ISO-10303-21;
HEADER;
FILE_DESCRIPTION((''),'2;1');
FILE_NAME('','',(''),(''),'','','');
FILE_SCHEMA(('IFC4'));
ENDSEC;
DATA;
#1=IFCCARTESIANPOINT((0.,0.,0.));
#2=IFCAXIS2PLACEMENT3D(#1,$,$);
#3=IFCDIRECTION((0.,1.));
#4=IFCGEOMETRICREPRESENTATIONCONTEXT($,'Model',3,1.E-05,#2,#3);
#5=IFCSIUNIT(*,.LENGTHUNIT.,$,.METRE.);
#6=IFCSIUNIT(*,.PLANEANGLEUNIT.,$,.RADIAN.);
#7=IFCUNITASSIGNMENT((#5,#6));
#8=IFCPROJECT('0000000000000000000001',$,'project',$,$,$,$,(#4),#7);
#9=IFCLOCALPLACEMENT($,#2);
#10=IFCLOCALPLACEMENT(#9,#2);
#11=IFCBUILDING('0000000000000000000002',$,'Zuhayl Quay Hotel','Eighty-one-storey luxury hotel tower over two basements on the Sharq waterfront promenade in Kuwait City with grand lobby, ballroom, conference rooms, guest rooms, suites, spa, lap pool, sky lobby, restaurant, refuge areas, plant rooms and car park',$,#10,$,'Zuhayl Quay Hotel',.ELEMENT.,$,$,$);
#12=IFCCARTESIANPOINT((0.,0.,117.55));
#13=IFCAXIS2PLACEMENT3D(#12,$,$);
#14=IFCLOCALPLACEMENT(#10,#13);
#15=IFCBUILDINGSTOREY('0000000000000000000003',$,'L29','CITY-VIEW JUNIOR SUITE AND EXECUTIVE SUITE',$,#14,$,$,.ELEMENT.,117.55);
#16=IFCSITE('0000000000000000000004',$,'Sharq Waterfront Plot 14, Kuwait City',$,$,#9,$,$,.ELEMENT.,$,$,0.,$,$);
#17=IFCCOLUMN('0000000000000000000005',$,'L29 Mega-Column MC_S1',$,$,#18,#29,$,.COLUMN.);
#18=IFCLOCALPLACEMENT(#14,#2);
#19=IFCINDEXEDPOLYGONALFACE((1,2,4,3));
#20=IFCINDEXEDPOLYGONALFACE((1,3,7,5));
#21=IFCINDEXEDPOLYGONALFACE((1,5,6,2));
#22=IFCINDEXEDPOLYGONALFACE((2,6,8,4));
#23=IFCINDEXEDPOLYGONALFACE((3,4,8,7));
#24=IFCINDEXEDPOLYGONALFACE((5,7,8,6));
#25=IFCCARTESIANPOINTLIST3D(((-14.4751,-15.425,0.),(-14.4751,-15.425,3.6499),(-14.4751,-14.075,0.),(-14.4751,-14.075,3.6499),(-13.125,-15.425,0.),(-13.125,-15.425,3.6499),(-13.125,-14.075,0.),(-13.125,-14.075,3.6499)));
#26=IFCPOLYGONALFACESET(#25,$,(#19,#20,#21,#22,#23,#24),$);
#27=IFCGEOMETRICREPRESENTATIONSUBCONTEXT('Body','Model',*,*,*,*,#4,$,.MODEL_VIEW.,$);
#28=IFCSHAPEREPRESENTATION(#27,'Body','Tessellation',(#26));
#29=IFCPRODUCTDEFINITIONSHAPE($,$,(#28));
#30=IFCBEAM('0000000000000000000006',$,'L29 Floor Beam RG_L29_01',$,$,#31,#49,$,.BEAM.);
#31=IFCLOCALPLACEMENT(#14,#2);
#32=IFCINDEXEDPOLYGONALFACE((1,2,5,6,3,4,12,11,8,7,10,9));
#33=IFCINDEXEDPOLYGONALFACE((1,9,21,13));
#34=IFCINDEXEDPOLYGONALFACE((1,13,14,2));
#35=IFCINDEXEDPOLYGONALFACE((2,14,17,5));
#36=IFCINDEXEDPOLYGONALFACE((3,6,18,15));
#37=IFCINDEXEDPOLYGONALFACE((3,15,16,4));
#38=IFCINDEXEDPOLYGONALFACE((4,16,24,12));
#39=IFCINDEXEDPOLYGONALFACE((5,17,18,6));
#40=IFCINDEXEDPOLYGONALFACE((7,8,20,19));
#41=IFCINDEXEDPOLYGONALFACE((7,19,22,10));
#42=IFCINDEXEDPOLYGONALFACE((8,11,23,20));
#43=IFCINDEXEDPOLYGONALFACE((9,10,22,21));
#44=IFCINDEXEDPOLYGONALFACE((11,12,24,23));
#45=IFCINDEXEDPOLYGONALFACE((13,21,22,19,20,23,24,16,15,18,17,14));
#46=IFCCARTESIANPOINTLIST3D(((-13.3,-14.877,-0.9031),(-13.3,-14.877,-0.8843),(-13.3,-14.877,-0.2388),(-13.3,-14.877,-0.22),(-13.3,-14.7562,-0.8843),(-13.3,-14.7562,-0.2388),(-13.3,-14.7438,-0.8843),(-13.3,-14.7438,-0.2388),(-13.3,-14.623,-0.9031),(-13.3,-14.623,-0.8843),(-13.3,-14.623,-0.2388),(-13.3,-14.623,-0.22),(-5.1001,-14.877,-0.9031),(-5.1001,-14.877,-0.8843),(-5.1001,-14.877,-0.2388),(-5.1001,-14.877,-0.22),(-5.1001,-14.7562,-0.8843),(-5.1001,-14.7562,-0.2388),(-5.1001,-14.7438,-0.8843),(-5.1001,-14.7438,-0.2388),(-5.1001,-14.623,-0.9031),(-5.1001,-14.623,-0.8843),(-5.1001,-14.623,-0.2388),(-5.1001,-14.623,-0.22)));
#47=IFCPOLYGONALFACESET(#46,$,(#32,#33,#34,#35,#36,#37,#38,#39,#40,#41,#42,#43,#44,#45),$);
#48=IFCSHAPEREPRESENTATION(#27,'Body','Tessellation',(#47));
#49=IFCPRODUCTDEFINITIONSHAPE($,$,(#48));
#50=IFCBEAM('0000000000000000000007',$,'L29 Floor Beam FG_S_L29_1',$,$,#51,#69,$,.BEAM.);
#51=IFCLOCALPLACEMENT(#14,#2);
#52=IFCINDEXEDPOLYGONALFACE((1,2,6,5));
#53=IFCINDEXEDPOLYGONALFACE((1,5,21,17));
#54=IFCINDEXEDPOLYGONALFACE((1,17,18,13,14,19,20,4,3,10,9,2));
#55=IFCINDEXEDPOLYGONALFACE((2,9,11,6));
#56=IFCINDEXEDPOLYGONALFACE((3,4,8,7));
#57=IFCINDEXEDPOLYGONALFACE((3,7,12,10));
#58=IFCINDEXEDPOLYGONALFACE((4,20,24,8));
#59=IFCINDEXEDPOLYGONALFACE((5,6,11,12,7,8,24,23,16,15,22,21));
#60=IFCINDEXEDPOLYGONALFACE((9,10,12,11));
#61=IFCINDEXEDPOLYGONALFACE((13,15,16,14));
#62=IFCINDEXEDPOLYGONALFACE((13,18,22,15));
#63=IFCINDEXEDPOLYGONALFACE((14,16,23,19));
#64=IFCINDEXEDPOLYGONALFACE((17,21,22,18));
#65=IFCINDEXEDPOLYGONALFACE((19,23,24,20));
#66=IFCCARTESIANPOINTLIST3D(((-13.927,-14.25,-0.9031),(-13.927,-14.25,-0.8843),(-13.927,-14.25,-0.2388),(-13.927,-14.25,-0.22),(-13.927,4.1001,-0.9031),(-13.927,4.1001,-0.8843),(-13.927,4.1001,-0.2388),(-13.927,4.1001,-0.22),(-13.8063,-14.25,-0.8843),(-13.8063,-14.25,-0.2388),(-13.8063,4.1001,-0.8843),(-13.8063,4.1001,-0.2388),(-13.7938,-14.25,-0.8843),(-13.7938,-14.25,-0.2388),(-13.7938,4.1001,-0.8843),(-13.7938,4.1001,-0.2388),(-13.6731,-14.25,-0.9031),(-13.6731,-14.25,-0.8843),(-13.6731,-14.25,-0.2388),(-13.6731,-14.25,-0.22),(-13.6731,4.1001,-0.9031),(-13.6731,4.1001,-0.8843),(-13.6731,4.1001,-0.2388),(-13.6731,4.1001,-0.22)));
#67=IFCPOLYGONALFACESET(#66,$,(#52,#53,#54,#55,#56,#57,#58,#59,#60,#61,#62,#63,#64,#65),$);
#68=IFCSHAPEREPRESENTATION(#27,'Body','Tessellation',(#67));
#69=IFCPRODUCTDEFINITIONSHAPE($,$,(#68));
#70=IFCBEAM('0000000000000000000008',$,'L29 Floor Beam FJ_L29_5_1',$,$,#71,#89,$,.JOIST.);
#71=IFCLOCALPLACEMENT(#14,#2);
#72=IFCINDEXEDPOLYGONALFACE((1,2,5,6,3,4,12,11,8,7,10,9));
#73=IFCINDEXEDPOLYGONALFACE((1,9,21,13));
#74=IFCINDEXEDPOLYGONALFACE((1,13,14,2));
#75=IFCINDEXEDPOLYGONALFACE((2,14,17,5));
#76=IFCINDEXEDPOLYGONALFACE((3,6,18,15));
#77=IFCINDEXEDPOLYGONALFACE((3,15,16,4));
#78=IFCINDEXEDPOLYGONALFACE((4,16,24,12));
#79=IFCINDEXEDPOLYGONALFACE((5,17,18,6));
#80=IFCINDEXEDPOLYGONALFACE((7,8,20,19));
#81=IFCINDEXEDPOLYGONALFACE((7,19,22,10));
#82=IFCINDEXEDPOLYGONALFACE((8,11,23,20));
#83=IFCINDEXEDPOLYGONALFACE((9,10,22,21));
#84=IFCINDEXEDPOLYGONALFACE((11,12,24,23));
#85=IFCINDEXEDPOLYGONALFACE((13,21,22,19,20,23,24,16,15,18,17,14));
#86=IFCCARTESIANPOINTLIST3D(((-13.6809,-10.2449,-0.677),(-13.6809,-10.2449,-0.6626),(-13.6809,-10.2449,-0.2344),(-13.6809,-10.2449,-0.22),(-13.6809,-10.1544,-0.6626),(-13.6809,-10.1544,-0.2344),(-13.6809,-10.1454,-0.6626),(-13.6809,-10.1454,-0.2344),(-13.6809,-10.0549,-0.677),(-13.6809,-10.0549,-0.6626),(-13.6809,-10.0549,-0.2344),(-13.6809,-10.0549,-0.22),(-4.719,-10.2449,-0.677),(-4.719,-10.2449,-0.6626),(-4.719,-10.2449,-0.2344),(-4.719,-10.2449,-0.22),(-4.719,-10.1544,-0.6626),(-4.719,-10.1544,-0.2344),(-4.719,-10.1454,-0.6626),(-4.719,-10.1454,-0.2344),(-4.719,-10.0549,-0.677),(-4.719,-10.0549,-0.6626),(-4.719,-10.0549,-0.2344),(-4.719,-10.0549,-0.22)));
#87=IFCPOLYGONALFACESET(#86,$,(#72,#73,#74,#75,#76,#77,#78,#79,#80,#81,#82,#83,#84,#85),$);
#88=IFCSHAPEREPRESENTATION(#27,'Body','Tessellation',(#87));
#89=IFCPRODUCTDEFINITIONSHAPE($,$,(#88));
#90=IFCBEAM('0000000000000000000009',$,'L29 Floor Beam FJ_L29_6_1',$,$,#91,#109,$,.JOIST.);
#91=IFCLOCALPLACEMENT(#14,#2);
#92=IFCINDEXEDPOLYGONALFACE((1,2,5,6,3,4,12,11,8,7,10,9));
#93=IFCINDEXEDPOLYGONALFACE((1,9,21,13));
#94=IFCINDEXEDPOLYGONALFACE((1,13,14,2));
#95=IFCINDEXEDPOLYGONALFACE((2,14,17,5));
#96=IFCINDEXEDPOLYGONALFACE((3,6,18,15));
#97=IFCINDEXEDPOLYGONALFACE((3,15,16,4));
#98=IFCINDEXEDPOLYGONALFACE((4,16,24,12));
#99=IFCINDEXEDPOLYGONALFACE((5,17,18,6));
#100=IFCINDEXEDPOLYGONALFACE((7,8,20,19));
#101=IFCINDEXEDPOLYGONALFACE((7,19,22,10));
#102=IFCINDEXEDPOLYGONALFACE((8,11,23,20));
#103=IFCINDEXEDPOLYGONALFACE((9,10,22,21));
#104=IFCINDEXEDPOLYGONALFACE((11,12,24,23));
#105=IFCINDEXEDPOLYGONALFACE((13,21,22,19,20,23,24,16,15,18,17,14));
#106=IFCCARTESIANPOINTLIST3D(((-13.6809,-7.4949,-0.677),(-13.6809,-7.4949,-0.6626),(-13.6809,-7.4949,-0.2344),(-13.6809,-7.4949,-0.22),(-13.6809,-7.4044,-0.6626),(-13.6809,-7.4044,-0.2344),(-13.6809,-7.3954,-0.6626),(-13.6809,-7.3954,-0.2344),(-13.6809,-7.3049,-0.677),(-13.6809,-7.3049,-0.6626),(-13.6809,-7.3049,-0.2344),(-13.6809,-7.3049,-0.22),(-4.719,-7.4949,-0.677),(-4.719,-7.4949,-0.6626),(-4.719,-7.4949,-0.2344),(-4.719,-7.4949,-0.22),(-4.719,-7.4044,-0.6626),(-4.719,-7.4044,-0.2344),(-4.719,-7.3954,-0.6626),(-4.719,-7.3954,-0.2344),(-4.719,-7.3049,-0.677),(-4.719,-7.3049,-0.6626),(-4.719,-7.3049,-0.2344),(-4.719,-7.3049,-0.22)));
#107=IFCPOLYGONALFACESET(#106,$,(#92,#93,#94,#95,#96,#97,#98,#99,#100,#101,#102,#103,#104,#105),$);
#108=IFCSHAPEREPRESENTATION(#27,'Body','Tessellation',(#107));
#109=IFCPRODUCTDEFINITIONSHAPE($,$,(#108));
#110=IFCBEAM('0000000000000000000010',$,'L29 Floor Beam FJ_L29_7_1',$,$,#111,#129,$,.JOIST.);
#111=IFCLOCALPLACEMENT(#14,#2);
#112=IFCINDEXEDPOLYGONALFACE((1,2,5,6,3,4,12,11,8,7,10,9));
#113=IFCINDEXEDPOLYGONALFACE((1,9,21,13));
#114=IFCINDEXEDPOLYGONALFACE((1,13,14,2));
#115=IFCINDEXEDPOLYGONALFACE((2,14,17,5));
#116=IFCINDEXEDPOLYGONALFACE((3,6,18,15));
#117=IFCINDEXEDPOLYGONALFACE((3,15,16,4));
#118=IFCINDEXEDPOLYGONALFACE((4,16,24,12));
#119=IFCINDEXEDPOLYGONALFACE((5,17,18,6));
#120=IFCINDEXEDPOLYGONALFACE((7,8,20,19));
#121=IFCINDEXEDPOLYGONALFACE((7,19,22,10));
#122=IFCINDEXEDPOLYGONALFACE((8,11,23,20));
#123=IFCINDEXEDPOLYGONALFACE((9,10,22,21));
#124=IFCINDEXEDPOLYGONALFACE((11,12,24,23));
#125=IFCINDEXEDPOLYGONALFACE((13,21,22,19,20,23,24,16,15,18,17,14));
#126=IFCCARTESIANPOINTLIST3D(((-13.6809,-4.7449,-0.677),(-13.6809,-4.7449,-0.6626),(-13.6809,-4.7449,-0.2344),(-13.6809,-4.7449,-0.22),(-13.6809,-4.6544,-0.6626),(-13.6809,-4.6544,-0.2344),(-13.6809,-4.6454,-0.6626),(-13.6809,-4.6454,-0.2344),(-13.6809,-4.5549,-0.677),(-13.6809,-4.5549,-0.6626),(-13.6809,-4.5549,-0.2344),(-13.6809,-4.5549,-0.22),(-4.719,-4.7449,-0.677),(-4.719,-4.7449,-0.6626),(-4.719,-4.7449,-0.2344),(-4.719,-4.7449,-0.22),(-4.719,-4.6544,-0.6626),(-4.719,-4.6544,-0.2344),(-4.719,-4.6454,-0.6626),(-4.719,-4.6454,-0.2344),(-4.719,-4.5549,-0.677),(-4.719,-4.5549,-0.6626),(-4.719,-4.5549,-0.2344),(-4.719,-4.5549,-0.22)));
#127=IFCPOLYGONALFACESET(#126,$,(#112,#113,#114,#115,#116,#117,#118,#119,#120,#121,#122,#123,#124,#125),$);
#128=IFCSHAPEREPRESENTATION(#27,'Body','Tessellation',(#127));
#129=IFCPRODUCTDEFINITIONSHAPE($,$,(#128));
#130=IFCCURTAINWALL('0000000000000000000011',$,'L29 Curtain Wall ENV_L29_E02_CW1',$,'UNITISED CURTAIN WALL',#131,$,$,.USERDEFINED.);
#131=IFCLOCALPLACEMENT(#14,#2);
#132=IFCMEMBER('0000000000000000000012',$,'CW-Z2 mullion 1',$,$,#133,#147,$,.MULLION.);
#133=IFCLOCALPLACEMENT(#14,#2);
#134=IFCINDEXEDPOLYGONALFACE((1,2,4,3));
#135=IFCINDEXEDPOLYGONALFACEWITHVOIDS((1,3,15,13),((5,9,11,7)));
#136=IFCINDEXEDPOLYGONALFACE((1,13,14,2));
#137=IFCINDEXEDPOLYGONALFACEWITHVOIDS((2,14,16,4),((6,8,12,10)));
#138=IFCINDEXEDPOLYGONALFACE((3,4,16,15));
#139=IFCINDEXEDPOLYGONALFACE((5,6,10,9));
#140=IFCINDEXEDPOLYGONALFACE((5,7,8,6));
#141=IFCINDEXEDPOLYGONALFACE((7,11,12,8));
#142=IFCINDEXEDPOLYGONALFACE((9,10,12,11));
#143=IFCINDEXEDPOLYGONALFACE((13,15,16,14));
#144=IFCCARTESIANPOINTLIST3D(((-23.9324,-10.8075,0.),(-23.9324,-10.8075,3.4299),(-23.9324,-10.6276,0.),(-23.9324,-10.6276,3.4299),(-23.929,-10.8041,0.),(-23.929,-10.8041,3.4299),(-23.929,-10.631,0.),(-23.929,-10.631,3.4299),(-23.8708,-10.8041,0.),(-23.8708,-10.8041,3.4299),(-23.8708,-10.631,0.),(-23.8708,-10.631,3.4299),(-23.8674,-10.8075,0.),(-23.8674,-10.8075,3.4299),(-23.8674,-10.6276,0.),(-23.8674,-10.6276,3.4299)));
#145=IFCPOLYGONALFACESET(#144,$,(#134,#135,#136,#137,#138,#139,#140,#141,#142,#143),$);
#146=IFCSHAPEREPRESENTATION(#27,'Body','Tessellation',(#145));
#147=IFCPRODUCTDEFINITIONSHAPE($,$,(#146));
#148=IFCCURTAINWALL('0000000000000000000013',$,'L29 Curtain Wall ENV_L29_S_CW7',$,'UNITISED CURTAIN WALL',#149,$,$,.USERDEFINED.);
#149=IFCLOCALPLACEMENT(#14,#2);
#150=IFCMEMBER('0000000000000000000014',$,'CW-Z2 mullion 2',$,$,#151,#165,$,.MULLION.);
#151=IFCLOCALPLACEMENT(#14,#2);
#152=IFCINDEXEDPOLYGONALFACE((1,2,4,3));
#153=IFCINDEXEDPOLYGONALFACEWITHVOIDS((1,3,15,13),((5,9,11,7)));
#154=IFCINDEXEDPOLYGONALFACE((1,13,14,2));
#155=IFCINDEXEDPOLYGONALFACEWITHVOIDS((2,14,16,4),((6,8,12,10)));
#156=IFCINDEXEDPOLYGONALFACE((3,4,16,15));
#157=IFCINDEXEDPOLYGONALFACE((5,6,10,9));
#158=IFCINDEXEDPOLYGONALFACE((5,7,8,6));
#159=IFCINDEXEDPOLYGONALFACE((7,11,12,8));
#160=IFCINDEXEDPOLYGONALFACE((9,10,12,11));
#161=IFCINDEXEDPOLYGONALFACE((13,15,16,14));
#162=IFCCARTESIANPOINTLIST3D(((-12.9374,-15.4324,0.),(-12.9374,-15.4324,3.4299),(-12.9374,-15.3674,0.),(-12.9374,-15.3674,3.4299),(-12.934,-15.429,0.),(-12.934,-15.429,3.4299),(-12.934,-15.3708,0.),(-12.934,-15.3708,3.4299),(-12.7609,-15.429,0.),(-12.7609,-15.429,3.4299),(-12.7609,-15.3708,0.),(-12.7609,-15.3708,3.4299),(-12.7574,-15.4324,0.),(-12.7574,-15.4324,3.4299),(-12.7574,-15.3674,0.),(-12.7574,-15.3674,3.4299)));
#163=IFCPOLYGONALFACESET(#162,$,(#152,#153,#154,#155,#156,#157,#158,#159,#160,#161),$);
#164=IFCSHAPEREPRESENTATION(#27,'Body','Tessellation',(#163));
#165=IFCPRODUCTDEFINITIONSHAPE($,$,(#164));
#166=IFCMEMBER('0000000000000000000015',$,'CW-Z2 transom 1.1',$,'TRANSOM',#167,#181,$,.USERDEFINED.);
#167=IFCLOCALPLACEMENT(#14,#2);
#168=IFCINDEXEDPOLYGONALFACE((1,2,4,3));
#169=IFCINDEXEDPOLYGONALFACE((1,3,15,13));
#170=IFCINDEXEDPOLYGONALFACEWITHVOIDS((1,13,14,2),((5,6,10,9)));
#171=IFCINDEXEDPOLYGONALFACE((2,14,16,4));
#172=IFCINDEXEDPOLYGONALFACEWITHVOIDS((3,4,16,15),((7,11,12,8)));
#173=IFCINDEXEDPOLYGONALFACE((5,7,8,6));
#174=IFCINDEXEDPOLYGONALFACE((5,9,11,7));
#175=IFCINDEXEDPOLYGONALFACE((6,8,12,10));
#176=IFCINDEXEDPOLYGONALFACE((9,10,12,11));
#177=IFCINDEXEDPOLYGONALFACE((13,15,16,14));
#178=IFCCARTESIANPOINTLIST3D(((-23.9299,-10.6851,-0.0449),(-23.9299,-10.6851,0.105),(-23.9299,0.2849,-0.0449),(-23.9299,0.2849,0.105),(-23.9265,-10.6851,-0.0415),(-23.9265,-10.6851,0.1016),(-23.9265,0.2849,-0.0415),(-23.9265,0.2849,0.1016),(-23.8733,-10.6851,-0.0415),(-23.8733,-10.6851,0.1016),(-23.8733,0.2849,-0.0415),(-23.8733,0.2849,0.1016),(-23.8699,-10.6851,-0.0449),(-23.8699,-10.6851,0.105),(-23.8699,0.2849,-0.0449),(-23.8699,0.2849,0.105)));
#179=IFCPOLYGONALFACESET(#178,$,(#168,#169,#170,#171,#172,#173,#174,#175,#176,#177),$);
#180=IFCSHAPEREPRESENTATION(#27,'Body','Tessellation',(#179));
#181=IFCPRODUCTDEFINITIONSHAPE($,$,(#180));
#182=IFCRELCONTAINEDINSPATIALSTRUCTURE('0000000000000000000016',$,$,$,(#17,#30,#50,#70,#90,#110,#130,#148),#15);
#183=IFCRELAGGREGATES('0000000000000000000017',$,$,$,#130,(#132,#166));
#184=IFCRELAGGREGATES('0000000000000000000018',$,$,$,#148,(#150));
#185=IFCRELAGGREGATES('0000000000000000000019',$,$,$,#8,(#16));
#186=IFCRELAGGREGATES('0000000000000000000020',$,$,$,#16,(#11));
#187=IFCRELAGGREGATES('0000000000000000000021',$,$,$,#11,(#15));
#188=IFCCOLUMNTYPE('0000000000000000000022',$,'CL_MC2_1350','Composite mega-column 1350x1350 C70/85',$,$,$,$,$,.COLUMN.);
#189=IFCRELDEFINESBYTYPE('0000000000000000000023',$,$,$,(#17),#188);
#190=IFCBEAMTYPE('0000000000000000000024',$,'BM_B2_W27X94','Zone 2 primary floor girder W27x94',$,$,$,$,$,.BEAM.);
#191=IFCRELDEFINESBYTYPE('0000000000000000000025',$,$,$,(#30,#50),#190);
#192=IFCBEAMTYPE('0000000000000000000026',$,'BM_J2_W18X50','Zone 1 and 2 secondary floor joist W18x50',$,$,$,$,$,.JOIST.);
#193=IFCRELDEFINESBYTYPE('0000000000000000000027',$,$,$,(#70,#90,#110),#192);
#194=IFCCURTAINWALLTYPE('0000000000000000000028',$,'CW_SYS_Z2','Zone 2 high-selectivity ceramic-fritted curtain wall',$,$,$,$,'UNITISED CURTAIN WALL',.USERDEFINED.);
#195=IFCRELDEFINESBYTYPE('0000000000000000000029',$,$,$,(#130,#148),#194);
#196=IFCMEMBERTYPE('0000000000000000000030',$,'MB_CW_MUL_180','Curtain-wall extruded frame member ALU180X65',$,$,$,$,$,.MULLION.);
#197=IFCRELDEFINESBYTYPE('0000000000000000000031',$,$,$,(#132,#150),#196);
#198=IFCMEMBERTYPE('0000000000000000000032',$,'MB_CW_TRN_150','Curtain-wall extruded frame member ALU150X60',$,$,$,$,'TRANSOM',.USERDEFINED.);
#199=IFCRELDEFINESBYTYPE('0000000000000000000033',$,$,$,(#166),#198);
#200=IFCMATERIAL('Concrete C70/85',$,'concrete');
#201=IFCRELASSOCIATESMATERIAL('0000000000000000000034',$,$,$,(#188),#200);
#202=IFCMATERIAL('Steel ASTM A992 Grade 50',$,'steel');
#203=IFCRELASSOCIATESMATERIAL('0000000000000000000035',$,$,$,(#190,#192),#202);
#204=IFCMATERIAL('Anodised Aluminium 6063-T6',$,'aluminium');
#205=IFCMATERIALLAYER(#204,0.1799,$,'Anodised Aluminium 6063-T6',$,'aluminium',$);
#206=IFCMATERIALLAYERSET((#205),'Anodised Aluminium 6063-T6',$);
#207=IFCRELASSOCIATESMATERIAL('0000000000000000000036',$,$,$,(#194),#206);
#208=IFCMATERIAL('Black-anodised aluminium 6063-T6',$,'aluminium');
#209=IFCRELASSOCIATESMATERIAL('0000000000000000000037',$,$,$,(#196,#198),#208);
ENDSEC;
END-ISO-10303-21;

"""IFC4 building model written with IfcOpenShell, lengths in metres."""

from ifc_helpers import new_model, si_unit, direction, frame, origin, origin_2d, place, context, subcontext, project, spatial, rectangle, hollow_rectangle, i_section, extrude, material, layer, layer_set, material_profile, profile_set, type_object, element, aggregate, save


model = new_model("IFC4")

# Units and contexts
model_context = context("Model", 3, precision=1e-05, world=origin(), true_north=direction((0.0, 1.0)))
body_context = subcontext(model_context, "Body", "Model", "MODEL_VIEW")
ifc_project = project(units=[si_unit("LENGTHUNIT", "METRE"), si_unit("PLANEANGLEUNIT", "RADIAN")], contexts=[model_context])

# Site, building, storey
site_placement = place(None, origin())
site = spatial("IfcSite", under=ifc_project, at=site_placement, Name="Sharq Waterfront Plot 14, Kuwait City", CompositionType="ELEMENT", RefElevation=0.0)
building_placement = place(site_placement, origin())
building = spatial("IfcBuilding", under=site, at=building_placement, Name="Zuhayl Quay Hotel", Description="Eighty-one-storey luxury hotel tower over two basements on the Sharq waterfront promenade in Kuwait City with grand lobby, ballroom, conference rooms, guest rooms, suites, spa, lap pool, sky lobby, restaurant, refuge areas, plant rooms and car park", LongName="Zuhayl Quay Hotel", CompositionType="ELEMENT")
storey_placement = place(building_placement, frame((0.0, 0.0, 117.55)))
storey = spatial("IfcBuildingStorey", under=building, at=storey_placement, Name="L29", Description="CITY-VIEW JUNIOR SUITE AND EXECUTIVE SUITE", CompositionType="ELEMENT", Elevation=117.55)

# Column
ifc_material_1 = material(Name="Concrete C70/85", Category="concrete")
ifc_material_profile_1 = material_profile(ifc_material_1, rectangle(XDim=1.3501, YDim=1.3501, at=origin_2d()), Name="RC1350X1350")
ifc_profile_set_1 = profile_set([ifc_material_profile_1], Name="Concrete C70/85")
column_type = type_object("IfcColumnType", Name="CL_MC2_1350", Description="Composite mega-column 1350x1350 C70/85", PredefinedType="COLUMN", material=ifc_profile_set_1)
column_placement = place(storey_placement, frame((-13.8, -14.75, 0.0), z_axis=(0.0, 0.0, 1.0), x_axis=(1.0, 0.0, 0.0)))
element("IfcColumn", 1, at=column_placement, inside=storey, type_object=column_type, Name="L29 Mega-Column MC_S1", PredefinedType="COLUMN", context=body_context, shape_type="SweptSolid", body=[
    extrude(rectangle(XDim=1.3501, YDim=1.3501, at=origin_2d()), origin(), (0.0, 0.0, 1.0), 3.6499),
])

# Beams
ifc_material_2 = material(Name="Steel ASTM A992 Grade 50", Category="steel")
ifc_material_profile_2 = material_profile(ifc_material_2, i_section(OverallWidth=0.2539, OverallDepth=0.6831, WebThickness=0.0125, FlangeThickness=0.0188, at=origin_2d()), Name="W27X94")
ifc_profile_set_2 = profile_set([ifc_material_profile_2], Name="Steel ASTM A992 Grade 50")
beam_type_1 = type_object("IfcBeamType", Name="BM_B2_W27X94", Description="Zone 2 primary floor girder W27x94", PredefinedType="BEAM", material=ifc_profile_set_2)
beam_1_placement = place(storey_placement, frame((-13.3, -14.75, -0.5615), z_axis=(1.0, 0.0, 0.0), x_axis=(0.0, 1.0, 0.0)))
element("IfcBeam", 2, at=beam_1_placement, inside=storey, type_object=beam_type_1, Name="L29 Floor Beam RG_L29_01", PredefinedType="BEAM", context=body_context, shape_type="SweptSolid", body=[
    extrude(i_section(OverallWidth=0.2539, OverallDepth=0.6831, WebThickness=0.0125, FlangeThickness=0.0188, at=origin_2d()), origin(), (0.0, 0.0, 1.0), 8.2),
])
beam_2_placement = place(storey_placement, frame((-13.8, -14.25, -0.5615), z_axis=(0.0, 1.0, 0.0), x_axis=(-1.0, 0.0, 0.0)))
element("IfcBeam", 3, at=beam_2_placement, inside=storey, type_object=beam_type_1, Name="L29 Floor Beam FG_S_L29_1", PredefinedType="BEAM", context=body_context, shape_type="SweptSolid", body=[
    extrude(i_section(OverallWidth=0.2539, OverallDepth=0.6831, WebThickness=0.0125, FlangeThickness=0.0188, at=origin_2d()), origin(), (0.0, 0.0, 1.0), 18.3501),
])
ifc_material_profile_3 = material_profile(ifc_material_2, i_section(OverallWidth=0.1899, OverallDepth=0.457, WebThickness=0.009, FlangeThickness=0.0144, at=origin_2d()), Name="W18X50")
ifc_profile_set_3 = profile_set([ifc_material_profile_3], Name="Steel ASTM A992 Grade 50")
beam_type_2 = type_object("IfcBeamType", Name="BM_J2_W18X50", Description="Zone 1 and 2 secondary floor joist W18x50", PredefinedType="JOIST", material=ifc_profile_set_3)
for number, where, z_axis, x_axis, name in (
    (4, (-13.6809, -10.1499, -0.4485), (1.0, 0.0, 0.0), (0.0, 1.0, 0.0), "L29 Floor Beam FJ_L29_5_1"),
    (5, (-13.6809, -7.3999, -0.4485), (1.0, 0.0, 0.0), (0.0, 1.0, 0.0), "L29 Floor Beam FJ_L29_6_1"),
    (6, (-13.6809, -4.6499, -0.4485), (1.0, 0.0, 0.0), (0.0, 1.0, 0.0), "L29 Floor Beam FJ_L29_7_1"),
):
    element("IfcBeam", number, at=place(storey_placement, frame(where, z_axis=z_axis, x_axis=x_axis)), inside=storey, type_object=beam_type_2, Name=name, PredefinedType="JOIST", context=body_context, shape_type="SweptSolid", body=[
        extrude(i_section(OverallWidth=0.1899, OverallDepth=0.457, WebThickness=0.009, FlangeThickness=0.0144, at=origin_2d()), origin(), (0.0, 0.0, 1.0), 8.9619),
    ])

# Curtain walls, members
ifc_material_3 = material(Name="Anodised Aluminium 6063-T6", Category="aluminium")
ifc_layer_1 = layer(ifc_material_3, 0.1799, Name="Anodised Aluminium 6063-T6", Category="aluminium")
ifc_layer_set_1 = layer_set([ifc_layer_1], Name="Anodised Aluminium 6063-T6")
curtain_wall_type = type_object("IfcCurtainWallType", Name="CW_SYS_Z2", Description="Zone 2 high-selectivity ceramic-fritted curtain wall", ElementType="UNITISED CURTAIN WALL", PredefinedType="USERDEFINED", material=ifc_layer_set_1)
curtain_wall_1_placement = place(storey_placement, origin())
curtain_wall_1 = element("IfcCurtainWall", 7, at=curtain_wall_1_placement, inside=storey, type_object=curtain_wall_type, Name="L29 Curtain Wall ENV_L29_E02_CW1", ObjectType="UNITISED CURTAIN WALL", PredefinedType="USERDEFINED")
ifc_material_4 = material(Name="Black-anodised aluminium 6063-T6", Category="aluminium")
ifc_material_profile_4 = material_profile(ifc_material_4, hollow_rectangle(XDim=0.0649, YDim=0.1799, WallThickness=0.0034, at=origin_2d()), Name="ALU180X65")
ifc_profile_set_4 = profile_set([ifc_material_profile_4], Name="Black-anodised aluminium 6063-T6")
member_type_1 = type_object("IfcMemberType", Name="MB_CW_MUL_180", Description="Curtain-wall extruded frame member ALU180X65", PredefinedType="MULLION", material=ifc_profile_set_4)
member_1_placement = place(storey_placement, frame((-23.8999, -10.7175, 0.0), z_axis=(0.0, 0.0, 1.0), x_axis=(-1.0, 0.0, 0.0)))
member_1 = element("IfcMember", 8, at=member_1_placement, type_object=member_type_1, Name="CW-Z2 mullion 1", PredefinedType="MULLION", context=body_context, shape_type="SweptSolid", body=[
    extrude(hollow_rectangle(XDim=0.0649, YDim=0.1799, WallThickness=0.0034, at=origin_2d()), origin(), (0.0, 0.0, 1.0), 3.4299),
])
curtain_wall_2_placement = place(storey_placement, origin())
curtain_wall_2 = element("IfcCurtainWall", 9, at=curtain_wall_2_placement, inside=storey, type_object=curtain_wall_type, Name="L29 Curtain Wall ENV_L29_S_CW7", ObjectType="UNITISED CURTAIN WALL", PredefinedType="USERDEFINED")
member_2_placement = place(storey_placement, frame((-12.8474, -15.3999, 0.0), z_axis=(0.0, 0.0, 1.0), x_axis=(0.0, -1.0, 0.0)))
member_2 = element("IfcMember", 10, at=member_2_placement, type_object=member_type_1, Name="CW-Z2 mullion 2", PredefinedType="MULLION", context=body_context, shape_type="SweptSolid", body=[
    extrude(hollow_rectangle(XDim=0.0649, YDim=0.1799, WallThickness=0.0034, at=origin_2d()), origin(), (0.0, 0.0, 1.0), 3.4299),
])

# Member
ifc_material_profile_5 = material_profile(ifc_material_4, hollow_rectangle(XDim=0.0601, YDim=0.1499, WallThickness=0.0034, at=origin_2d()), Name="ALU150X60")
ifc_profile_set_5 = profile_set([ifc_material_profile_5], Name="Black-anodised aluminium 6063-T6")
member_type_2 = type_object("IfcMemberType", Name="MB_CW_TRN_150", Description="Curtain-wall extruded frame member ALU150X60", ElementType="TRANSOM", PredefinedType="USERDEFINED", material=ifc_profile_set_5)
member_3_placement = place(storey_placement, frame((-23.8999, -10.6851, 0.03), z_axis=(0.0, 1.0, 0.0), x_axis=(-1.0, 0.0, 0.0)))
member_3 = element("IfcMember", 11, at=member_3_placement, type_object=member_type_2, Name="CW-Z2 transom 1.1", ObjectType="TRANSOM", PredefinedType="USERDEFINED", context=body_context, shape_type="SweptSolid", body=[
    extrude(hollow_rectangle(XDim=0.0601, YDim=0.1499, WallThickness=0.0034, at=origin_2d()), origin(), (0.0, 0.0, 1.0), 10.97),
])

aggregate(curtain_wall_1, [member_1, member_3])
aggregate(curtain_wall_2, [member_2])

save(model, "model.ifc")
